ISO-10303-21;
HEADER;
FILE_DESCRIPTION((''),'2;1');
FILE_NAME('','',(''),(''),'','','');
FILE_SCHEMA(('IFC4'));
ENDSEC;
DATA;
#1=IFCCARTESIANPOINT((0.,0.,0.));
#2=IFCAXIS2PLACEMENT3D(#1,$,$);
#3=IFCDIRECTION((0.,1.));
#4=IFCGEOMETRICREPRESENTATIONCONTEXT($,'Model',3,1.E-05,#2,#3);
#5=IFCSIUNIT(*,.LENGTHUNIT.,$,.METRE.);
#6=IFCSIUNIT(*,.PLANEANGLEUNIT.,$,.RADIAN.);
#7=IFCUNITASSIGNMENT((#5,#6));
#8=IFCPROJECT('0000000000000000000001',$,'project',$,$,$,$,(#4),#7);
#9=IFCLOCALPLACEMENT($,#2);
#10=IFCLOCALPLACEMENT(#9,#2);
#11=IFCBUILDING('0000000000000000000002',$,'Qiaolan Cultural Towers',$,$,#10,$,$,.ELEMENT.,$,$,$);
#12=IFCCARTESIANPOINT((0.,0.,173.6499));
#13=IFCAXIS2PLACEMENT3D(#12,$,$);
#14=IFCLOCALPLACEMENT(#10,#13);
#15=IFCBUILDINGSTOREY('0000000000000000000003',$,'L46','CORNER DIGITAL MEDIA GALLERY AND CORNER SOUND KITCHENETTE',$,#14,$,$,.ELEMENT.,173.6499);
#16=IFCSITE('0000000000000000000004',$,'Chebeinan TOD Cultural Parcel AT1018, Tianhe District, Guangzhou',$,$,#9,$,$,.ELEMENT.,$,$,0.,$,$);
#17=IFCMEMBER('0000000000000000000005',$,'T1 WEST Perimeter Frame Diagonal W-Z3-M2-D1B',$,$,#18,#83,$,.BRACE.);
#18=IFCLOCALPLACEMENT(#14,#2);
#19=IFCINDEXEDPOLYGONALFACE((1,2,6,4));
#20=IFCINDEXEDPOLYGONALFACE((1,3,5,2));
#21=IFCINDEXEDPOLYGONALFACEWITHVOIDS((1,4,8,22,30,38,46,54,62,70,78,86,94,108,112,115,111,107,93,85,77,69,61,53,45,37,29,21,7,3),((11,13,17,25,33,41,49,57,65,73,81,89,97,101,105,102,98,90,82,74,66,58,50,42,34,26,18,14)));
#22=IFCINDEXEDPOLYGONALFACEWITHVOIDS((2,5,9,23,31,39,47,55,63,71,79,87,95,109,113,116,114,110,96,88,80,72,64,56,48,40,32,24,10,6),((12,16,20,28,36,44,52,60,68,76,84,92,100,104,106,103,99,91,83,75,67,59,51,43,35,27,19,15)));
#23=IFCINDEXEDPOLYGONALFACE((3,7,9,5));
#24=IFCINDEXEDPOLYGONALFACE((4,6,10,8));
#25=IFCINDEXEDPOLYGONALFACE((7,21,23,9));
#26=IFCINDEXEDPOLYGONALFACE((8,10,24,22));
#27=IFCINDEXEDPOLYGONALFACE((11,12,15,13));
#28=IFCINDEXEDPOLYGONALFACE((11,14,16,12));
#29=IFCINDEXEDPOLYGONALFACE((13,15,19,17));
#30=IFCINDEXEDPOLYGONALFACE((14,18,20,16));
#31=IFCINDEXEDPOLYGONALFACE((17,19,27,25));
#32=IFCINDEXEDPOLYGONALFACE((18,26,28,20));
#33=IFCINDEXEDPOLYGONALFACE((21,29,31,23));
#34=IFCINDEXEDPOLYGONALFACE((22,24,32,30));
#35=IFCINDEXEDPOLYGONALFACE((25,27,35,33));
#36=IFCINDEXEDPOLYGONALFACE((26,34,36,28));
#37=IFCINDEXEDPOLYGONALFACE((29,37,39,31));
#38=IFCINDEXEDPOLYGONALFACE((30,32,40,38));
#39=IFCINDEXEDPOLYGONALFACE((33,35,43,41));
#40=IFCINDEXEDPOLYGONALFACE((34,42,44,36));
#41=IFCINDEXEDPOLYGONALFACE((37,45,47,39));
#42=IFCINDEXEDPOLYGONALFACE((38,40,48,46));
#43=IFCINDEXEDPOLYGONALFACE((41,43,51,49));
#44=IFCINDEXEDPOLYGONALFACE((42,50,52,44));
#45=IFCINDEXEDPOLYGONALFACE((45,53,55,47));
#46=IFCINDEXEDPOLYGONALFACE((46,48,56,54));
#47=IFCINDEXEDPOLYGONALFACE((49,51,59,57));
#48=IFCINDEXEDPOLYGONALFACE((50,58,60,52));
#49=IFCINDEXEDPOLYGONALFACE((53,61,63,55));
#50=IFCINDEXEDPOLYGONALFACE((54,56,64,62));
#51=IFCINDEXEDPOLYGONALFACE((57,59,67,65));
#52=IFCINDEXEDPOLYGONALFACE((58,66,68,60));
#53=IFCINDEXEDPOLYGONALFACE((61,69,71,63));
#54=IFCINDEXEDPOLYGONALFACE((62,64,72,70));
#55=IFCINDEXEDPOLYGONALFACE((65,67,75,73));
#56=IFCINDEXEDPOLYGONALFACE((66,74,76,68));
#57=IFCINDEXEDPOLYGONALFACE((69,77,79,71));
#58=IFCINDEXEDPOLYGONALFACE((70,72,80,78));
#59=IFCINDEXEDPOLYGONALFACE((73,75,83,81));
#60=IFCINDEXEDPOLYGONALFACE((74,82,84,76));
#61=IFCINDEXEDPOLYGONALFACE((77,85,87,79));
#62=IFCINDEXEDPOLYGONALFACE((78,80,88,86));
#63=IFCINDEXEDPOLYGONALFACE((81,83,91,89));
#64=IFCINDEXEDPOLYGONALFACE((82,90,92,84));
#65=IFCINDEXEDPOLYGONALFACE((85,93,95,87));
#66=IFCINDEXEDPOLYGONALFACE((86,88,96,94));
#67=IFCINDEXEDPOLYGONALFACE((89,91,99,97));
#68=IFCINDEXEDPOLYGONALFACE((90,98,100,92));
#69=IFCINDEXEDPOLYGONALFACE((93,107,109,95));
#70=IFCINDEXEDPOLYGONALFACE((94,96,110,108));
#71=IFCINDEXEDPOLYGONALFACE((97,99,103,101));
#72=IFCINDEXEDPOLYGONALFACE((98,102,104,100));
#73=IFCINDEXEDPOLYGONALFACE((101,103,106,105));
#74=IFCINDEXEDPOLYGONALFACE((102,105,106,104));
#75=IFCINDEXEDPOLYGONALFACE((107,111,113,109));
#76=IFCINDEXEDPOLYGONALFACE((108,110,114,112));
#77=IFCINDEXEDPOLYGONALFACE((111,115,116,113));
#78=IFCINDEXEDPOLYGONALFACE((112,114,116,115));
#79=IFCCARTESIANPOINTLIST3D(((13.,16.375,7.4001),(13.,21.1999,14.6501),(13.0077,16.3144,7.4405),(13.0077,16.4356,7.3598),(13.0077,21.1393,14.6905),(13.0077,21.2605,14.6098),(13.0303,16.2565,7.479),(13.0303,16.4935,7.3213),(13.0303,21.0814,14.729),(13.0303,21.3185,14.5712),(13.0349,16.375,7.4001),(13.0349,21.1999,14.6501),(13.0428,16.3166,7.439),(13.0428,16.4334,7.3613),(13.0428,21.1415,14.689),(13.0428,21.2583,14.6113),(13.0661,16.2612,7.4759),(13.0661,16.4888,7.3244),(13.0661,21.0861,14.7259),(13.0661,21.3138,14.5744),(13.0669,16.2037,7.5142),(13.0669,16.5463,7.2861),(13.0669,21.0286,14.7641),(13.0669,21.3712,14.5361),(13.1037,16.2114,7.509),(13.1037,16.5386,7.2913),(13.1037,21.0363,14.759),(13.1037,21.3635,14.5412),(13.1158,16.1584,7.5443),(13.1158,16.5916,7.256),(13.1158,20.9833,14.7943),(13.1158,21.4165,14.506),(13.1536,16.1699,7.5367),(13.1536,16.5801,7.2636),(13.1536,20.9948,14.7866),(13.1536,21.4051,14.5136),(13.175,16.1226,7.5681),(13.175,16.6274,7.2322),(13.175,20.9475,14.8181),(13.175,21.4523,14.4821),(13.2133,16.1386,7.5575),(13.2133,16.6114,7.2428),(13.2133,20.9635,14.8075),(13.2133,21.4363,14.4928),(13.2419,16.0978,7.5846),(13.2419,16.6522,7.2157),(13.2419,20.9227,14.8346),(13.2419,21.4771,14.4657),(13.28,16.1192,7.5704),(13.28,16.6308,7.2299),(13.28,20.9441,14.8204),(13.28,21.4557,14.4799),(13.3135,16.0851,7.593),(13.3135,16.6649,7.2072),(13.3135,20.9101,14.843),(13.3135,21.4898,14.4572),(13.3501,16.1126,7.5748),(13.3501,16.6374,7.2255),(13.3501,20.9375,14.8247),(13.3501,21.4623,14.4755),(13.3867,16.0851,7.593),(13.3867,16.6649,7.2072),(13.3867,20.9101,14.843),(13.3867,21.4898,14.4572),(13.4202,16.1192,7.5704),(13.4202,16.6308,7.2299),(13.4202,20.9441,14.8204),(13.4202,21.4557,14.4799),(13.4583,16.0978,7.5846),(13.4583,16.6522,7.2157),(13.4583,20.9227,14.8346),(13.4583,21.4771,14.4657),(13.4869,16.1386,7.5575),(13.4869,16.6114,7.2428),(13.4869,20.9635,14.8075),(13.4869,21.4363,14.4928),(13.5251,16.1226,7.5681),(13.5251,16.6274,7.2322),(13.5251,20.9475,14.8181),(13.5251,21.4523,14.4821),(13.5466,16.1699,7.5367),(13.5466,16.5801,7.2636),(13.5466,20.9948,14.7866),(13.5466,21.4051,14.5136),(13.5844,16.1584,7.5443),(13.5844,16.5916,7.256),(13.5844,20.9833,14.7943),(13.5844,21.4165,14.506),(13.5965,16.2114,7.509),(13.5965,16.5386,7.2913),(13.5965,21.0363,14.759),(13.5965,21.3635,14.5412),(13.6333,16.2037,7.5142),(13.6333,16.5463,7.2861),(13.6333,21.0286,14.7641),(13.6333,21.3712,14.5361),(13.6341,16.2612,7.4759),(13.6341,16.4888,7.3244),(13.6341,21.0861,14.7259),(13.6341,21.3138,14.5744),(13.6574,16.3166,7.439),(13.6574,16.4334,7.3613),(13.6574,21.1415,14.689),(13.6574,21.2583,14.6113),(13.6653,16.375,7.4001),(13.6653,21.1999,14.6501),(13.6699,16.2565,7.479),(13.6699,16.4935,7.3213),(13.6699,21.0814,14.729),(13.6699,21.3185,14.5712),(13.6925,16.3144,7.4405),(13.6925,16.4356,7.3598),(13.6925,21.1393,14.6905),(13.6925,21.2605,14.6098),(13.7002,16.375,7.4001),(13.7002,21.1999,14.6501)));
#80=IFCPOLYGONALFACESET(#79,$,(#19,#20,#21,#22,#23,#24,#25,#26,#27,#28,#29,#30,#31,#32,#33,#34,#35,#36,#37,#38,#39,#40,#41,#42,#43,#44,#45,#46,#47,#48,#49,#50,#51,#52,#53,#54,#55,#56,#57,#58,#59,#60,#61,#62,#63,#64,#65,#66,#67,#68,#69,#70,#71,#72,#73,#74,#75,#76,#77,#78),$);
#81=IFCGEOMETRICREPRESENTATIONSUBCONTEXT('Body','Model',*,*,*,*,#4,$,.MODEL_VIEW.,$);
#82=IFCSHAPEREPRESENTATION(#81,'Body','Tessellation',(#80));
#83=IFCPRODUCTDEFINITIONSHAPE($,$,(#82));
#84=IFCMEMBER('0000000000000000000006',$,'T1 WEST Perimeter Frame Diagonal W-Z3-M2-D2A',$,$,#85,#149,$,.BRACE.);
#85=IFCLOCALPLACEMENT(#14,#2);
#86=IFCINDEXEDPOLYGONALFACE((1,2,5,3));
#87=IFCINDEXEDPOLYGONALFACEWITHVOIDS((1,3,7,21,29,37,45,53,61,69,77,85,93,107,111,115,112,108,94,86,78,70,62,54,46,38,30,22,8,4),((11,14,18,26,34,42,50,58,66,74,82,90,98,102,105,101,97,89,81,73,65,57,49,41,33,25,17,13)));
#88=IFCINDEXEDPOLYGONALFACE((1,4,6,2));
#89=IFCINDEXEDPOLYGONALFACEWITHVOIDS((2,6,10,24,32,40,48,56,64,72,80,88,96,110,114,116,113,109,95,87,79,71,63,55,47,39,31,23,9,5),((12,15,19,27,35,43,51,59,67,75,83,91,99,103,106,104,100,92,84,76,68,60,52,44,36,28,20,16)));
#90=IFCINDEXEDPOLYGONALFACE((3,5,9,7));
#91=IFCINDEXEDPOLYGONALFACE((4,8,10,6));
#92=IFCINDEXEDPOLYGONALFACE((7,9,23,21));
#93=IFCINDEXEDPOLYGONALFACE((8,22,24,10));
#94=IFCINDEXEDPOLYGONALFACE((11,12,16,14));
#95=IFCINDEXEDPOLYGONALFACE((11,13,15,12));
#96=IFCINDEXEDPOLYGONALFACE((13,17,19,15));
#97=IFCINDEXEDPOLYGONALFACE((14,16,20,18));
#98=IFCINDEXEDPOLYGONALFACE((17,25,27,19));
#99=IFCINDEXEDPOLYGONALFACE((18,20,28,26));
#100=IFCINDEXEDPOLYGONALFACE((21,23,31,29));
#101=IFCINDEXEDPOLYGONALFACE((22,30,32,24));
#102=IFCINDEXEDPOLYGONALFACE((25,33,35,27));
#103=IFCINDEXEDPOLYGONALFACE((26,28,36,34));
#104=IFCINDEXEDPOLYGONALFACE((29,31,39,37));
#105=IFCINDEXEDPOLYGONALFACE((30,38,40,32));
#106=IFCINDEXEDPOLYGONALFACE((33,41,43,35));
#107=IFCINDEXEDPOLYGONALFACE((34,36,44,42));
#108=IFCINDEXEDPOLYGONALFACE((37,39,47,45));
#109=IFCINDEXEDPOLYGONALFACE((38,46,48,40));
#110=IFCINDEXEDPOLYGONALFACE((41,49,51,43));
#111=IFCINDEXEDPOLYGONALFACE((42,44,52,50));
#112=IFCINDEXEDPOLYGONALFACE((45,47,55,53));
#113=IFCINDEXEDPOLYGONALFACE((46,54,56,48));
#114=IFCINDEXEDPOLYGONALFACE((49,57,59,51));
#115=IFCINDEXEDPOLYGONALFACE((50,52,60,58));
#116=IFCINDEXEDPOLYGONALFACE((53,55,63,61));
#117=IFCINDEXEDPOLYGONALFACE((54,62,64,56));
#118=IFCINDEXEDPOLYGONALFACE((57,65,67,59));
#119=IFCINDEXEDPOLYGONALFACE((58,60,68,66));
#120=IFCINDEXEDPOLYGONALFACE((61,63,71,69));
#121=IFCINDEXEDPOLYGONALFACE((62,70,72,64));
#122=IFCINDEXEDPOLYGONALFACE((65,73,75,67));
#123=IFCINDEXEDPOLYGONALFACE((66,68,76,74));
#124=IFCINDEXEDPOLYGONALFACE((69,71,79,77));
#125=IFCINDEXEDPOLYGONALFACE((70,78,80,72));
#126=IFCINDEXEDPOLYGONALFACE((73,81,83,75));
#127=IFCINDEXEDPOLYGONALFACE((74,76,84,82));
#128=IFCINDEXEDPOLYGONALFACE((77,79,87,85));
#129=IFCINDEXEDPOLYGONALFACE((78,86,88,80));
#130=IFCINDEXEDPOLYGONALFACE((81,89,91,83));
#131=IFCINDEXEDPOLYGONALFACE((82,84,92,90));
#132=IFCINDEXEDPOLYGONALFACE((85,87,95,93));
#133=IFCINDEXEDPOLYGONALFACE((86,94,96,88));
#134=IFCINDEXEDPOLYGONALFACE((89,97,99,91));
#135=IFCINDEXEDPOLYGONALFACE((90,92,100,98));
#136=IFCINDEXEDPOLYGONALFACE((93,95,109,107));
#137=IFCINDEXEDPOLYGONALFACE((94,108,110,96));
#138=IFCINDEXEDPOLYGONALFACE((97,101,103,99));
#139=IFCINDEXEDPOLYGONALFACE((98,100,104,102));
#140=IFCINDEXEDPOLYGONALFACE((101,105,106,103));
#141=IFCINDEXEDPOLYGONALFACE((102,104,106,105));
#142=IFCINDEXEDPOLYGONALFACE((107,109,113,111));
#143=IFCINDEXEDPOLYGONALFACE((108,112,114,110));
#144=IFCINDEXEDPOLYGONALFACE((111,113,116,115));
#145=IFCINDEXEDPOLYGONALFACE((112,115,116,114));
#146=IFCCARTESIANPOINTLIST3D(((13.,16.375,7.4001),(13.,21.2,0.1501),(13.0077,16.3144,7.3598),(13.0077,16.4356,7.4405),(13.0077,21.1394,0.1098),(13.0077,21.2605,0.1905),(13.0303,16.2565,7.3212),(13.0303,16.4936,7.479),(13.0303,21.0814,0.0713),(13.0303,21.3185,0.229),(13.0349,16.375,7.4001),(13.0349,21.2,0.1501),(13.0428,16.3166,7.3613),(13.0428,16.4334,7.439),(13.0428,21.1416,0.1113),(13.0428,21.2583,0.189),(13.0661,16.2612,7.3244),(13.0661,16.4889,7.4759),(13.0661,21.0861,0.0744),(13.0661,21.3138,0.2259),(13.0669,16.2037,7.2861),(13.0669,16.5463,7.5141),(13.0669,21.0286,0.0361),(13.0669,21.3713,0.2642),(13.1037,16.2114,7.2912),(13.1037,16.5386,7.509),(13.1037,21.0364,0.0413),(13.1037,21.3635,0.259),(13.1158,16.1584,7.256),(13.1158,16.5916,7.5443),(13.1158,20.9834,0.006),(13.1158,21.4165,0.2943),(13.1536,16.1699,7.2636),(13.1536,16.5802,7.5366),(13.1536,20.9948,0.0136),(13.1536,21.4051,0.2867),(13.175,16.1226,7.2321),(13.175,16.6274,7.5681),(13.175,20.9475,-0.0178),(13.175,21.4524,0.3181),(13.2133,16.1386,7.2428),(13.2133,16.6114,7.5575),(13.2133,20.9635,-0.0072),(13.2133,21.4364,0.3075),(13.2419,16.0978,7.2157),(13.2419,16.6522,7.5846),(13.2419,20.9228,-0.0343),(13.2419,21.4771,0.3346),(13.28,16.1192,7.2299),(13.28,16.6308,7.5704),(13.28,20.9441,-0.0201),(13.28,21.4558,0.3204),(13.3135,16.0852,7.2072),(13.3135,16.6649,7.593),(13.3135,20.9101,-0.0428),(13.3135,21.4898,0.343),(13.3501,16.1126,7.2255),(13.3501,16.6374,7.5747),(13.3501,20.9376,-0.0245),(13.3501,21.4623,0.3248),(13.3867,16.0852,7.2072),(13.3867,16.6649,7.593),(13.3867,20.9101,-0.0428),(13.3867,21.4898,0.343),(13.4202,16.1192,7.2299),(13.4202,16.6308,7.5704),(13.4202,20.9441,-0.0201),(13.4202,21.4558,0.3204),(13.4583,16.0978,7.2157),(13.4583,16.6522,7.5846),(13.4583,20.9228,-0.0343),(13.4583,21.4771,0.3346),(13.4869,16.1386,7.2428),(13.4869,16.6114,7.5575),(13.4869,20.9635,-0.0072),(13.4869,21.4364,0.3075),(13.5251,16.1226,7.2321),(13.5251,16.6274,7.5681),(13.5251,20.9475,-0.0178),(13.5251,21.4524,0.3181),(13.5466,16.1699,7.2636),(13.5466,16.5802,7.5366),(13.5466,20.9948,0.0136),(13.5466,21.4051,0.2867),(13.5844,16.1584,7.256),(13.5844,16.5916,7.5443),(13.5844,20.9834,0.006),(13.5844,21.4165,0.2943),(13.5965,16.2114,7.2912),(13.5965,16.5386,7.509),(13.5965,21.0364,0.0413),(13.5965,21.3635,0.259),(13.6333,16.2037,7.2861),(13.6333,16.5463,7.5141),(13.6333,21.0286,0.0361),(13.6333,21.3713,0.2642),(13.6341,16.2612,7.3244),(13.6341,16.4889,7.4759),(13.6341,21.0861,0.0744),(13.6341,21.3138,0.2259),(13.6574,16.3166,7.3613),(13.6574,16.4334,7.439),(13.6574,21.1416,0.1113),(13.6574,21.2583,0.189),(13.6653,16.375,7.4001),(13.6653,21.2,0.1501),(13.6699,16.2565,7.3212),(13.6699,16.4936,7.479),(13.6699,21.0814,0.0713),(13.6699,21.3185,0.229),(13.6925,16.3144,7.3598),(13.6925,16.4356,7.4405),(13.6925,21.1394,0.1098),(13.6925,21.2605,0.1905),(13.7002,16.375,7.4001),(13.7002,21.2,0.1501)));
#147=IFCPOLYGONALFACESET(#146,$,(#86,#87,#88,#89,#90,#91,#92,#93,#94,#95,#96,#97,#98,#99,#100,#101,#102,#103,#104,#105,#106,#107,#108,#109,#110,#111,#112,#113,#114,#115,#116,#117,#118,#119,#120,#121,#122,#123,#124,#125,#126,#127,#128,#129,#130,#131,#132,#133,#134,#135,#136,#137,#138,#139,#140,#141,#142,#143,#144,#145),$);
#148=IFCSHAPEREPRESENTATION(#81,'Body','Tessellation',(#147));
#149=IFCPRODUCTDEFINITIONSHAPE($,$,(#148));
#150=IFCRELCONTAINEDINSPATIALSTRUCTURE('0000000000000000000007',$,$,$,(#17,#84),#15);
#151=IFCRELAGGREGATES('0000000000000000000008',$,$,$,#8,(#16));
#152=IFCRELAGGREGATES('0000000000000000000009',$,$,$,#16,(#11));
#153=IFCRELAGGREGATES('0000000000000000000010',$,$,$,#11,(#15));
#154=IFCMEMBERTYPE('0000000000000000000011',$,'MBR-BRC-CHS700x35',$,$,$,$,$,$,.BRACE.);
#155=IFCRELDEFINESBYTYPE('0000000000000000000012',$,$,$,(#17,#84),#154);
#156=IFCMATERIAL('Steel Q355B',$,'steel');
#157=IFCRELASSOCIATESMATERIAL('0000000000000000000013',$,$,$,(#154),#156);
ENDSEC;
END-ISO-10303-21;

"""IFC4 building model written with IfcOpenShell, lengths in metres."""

from ifc_helpers import new_model, si_unit, direction, frame, origin, origin_2d, place, context, subcontext, project, spatial, hollow_circle, extrude, material, material_profile, profile_set, type_object, element, save


model = new_model("IFC4")

# Units and contexts
model_context = context("Model", 3, precision=1e-05, world=origin(), true_north=direction((0.0, 1.0)))
body_context = subcontext(model_context, "Body", "Model", "MODEL_VIEW")
ifc_project = project(units=[si_unit("LENGTHUNIT", "METRE"), si_unit("PLANEANGLEUNIT", "RADIAN")], contexts=[model_context])

# Site, building, storey
site_placement = place(None, origin())
site = spatial("IfcSite", under=ifc_project, at=site_placement, Name="Chebeinan TOD Cultural Parcel AT1018, Tianhe District, Guangzhou", CompositionType="ELEMENT", RefElevation=0.0)
building_placement = place(site_placement, origin())
building = spatial("IfcBuilding", under=site, at=building_placement, Name="Qiaolan Cultural Towers", CompositionType="ELEMENT")
storey_placement = place(building_placement, frame((0.0, 0.0, 173.6499)))
storey = spatial("IfcBuildingStorey", under=building, at=storey_placement, Name="L46", Description="CORNER DIGITAL MEDIA GALLERY AND CORNER SOUND KITCHENETTE", CompositionType="ELEMENT", Elevation=173.6499)

# Members
ifc_material_1 = material(Name="Steel Q355B", Category="steel")
ifc_material_profile_1 = material_profile(ifc_material_1, hollow_circle(Radius=0.3501, WallThickness=0.0349, at=origin_2d()), Name="CHS700x35")
ifc_profile_set_1 = profile_set([ifc_material_profile_1], Name="Steel Q355B")
member_type = type_object("IfcMemberType", Name="MBR-BRC-CHS700x35", PredefinedType="BRACE", material=ifc_profile_set_1)
for number, where, z_axis, x_axis, name in (
    (1, (13.3501, 16.375, 7.4001), (0.0, 0.554034, 0.832494), (-1.0, 0.0, 0.0), "T1 WEST Perimeter Frame Diagonal W-Z3-M2-D1B"),
    (2, (13.3501, 21.2, 0.1501), (0.0, -0.554034, 0.832494), (1.0, 0.0, 0.0), "T1 WEST Perimeter Frame Diagonal W-Z3-M2-D2A"),
):
    element("IfcMember", number, at=place(storey_placement, frame(where, z_axis=z_axis, x_axis=x_axis)), inside=storey, type_object=member_type, Name=name, PredefinedType="BRACE", context=body_context, shape_type="SweptSolid", body=[
        extrude(hollow_circle(Radius=0.3501, WallThickness=0.0349, at=origin_2d()), origin(), (0.0, 0.0, 1.0), 8.7087),
    ])

save(model, "model.ifc")
